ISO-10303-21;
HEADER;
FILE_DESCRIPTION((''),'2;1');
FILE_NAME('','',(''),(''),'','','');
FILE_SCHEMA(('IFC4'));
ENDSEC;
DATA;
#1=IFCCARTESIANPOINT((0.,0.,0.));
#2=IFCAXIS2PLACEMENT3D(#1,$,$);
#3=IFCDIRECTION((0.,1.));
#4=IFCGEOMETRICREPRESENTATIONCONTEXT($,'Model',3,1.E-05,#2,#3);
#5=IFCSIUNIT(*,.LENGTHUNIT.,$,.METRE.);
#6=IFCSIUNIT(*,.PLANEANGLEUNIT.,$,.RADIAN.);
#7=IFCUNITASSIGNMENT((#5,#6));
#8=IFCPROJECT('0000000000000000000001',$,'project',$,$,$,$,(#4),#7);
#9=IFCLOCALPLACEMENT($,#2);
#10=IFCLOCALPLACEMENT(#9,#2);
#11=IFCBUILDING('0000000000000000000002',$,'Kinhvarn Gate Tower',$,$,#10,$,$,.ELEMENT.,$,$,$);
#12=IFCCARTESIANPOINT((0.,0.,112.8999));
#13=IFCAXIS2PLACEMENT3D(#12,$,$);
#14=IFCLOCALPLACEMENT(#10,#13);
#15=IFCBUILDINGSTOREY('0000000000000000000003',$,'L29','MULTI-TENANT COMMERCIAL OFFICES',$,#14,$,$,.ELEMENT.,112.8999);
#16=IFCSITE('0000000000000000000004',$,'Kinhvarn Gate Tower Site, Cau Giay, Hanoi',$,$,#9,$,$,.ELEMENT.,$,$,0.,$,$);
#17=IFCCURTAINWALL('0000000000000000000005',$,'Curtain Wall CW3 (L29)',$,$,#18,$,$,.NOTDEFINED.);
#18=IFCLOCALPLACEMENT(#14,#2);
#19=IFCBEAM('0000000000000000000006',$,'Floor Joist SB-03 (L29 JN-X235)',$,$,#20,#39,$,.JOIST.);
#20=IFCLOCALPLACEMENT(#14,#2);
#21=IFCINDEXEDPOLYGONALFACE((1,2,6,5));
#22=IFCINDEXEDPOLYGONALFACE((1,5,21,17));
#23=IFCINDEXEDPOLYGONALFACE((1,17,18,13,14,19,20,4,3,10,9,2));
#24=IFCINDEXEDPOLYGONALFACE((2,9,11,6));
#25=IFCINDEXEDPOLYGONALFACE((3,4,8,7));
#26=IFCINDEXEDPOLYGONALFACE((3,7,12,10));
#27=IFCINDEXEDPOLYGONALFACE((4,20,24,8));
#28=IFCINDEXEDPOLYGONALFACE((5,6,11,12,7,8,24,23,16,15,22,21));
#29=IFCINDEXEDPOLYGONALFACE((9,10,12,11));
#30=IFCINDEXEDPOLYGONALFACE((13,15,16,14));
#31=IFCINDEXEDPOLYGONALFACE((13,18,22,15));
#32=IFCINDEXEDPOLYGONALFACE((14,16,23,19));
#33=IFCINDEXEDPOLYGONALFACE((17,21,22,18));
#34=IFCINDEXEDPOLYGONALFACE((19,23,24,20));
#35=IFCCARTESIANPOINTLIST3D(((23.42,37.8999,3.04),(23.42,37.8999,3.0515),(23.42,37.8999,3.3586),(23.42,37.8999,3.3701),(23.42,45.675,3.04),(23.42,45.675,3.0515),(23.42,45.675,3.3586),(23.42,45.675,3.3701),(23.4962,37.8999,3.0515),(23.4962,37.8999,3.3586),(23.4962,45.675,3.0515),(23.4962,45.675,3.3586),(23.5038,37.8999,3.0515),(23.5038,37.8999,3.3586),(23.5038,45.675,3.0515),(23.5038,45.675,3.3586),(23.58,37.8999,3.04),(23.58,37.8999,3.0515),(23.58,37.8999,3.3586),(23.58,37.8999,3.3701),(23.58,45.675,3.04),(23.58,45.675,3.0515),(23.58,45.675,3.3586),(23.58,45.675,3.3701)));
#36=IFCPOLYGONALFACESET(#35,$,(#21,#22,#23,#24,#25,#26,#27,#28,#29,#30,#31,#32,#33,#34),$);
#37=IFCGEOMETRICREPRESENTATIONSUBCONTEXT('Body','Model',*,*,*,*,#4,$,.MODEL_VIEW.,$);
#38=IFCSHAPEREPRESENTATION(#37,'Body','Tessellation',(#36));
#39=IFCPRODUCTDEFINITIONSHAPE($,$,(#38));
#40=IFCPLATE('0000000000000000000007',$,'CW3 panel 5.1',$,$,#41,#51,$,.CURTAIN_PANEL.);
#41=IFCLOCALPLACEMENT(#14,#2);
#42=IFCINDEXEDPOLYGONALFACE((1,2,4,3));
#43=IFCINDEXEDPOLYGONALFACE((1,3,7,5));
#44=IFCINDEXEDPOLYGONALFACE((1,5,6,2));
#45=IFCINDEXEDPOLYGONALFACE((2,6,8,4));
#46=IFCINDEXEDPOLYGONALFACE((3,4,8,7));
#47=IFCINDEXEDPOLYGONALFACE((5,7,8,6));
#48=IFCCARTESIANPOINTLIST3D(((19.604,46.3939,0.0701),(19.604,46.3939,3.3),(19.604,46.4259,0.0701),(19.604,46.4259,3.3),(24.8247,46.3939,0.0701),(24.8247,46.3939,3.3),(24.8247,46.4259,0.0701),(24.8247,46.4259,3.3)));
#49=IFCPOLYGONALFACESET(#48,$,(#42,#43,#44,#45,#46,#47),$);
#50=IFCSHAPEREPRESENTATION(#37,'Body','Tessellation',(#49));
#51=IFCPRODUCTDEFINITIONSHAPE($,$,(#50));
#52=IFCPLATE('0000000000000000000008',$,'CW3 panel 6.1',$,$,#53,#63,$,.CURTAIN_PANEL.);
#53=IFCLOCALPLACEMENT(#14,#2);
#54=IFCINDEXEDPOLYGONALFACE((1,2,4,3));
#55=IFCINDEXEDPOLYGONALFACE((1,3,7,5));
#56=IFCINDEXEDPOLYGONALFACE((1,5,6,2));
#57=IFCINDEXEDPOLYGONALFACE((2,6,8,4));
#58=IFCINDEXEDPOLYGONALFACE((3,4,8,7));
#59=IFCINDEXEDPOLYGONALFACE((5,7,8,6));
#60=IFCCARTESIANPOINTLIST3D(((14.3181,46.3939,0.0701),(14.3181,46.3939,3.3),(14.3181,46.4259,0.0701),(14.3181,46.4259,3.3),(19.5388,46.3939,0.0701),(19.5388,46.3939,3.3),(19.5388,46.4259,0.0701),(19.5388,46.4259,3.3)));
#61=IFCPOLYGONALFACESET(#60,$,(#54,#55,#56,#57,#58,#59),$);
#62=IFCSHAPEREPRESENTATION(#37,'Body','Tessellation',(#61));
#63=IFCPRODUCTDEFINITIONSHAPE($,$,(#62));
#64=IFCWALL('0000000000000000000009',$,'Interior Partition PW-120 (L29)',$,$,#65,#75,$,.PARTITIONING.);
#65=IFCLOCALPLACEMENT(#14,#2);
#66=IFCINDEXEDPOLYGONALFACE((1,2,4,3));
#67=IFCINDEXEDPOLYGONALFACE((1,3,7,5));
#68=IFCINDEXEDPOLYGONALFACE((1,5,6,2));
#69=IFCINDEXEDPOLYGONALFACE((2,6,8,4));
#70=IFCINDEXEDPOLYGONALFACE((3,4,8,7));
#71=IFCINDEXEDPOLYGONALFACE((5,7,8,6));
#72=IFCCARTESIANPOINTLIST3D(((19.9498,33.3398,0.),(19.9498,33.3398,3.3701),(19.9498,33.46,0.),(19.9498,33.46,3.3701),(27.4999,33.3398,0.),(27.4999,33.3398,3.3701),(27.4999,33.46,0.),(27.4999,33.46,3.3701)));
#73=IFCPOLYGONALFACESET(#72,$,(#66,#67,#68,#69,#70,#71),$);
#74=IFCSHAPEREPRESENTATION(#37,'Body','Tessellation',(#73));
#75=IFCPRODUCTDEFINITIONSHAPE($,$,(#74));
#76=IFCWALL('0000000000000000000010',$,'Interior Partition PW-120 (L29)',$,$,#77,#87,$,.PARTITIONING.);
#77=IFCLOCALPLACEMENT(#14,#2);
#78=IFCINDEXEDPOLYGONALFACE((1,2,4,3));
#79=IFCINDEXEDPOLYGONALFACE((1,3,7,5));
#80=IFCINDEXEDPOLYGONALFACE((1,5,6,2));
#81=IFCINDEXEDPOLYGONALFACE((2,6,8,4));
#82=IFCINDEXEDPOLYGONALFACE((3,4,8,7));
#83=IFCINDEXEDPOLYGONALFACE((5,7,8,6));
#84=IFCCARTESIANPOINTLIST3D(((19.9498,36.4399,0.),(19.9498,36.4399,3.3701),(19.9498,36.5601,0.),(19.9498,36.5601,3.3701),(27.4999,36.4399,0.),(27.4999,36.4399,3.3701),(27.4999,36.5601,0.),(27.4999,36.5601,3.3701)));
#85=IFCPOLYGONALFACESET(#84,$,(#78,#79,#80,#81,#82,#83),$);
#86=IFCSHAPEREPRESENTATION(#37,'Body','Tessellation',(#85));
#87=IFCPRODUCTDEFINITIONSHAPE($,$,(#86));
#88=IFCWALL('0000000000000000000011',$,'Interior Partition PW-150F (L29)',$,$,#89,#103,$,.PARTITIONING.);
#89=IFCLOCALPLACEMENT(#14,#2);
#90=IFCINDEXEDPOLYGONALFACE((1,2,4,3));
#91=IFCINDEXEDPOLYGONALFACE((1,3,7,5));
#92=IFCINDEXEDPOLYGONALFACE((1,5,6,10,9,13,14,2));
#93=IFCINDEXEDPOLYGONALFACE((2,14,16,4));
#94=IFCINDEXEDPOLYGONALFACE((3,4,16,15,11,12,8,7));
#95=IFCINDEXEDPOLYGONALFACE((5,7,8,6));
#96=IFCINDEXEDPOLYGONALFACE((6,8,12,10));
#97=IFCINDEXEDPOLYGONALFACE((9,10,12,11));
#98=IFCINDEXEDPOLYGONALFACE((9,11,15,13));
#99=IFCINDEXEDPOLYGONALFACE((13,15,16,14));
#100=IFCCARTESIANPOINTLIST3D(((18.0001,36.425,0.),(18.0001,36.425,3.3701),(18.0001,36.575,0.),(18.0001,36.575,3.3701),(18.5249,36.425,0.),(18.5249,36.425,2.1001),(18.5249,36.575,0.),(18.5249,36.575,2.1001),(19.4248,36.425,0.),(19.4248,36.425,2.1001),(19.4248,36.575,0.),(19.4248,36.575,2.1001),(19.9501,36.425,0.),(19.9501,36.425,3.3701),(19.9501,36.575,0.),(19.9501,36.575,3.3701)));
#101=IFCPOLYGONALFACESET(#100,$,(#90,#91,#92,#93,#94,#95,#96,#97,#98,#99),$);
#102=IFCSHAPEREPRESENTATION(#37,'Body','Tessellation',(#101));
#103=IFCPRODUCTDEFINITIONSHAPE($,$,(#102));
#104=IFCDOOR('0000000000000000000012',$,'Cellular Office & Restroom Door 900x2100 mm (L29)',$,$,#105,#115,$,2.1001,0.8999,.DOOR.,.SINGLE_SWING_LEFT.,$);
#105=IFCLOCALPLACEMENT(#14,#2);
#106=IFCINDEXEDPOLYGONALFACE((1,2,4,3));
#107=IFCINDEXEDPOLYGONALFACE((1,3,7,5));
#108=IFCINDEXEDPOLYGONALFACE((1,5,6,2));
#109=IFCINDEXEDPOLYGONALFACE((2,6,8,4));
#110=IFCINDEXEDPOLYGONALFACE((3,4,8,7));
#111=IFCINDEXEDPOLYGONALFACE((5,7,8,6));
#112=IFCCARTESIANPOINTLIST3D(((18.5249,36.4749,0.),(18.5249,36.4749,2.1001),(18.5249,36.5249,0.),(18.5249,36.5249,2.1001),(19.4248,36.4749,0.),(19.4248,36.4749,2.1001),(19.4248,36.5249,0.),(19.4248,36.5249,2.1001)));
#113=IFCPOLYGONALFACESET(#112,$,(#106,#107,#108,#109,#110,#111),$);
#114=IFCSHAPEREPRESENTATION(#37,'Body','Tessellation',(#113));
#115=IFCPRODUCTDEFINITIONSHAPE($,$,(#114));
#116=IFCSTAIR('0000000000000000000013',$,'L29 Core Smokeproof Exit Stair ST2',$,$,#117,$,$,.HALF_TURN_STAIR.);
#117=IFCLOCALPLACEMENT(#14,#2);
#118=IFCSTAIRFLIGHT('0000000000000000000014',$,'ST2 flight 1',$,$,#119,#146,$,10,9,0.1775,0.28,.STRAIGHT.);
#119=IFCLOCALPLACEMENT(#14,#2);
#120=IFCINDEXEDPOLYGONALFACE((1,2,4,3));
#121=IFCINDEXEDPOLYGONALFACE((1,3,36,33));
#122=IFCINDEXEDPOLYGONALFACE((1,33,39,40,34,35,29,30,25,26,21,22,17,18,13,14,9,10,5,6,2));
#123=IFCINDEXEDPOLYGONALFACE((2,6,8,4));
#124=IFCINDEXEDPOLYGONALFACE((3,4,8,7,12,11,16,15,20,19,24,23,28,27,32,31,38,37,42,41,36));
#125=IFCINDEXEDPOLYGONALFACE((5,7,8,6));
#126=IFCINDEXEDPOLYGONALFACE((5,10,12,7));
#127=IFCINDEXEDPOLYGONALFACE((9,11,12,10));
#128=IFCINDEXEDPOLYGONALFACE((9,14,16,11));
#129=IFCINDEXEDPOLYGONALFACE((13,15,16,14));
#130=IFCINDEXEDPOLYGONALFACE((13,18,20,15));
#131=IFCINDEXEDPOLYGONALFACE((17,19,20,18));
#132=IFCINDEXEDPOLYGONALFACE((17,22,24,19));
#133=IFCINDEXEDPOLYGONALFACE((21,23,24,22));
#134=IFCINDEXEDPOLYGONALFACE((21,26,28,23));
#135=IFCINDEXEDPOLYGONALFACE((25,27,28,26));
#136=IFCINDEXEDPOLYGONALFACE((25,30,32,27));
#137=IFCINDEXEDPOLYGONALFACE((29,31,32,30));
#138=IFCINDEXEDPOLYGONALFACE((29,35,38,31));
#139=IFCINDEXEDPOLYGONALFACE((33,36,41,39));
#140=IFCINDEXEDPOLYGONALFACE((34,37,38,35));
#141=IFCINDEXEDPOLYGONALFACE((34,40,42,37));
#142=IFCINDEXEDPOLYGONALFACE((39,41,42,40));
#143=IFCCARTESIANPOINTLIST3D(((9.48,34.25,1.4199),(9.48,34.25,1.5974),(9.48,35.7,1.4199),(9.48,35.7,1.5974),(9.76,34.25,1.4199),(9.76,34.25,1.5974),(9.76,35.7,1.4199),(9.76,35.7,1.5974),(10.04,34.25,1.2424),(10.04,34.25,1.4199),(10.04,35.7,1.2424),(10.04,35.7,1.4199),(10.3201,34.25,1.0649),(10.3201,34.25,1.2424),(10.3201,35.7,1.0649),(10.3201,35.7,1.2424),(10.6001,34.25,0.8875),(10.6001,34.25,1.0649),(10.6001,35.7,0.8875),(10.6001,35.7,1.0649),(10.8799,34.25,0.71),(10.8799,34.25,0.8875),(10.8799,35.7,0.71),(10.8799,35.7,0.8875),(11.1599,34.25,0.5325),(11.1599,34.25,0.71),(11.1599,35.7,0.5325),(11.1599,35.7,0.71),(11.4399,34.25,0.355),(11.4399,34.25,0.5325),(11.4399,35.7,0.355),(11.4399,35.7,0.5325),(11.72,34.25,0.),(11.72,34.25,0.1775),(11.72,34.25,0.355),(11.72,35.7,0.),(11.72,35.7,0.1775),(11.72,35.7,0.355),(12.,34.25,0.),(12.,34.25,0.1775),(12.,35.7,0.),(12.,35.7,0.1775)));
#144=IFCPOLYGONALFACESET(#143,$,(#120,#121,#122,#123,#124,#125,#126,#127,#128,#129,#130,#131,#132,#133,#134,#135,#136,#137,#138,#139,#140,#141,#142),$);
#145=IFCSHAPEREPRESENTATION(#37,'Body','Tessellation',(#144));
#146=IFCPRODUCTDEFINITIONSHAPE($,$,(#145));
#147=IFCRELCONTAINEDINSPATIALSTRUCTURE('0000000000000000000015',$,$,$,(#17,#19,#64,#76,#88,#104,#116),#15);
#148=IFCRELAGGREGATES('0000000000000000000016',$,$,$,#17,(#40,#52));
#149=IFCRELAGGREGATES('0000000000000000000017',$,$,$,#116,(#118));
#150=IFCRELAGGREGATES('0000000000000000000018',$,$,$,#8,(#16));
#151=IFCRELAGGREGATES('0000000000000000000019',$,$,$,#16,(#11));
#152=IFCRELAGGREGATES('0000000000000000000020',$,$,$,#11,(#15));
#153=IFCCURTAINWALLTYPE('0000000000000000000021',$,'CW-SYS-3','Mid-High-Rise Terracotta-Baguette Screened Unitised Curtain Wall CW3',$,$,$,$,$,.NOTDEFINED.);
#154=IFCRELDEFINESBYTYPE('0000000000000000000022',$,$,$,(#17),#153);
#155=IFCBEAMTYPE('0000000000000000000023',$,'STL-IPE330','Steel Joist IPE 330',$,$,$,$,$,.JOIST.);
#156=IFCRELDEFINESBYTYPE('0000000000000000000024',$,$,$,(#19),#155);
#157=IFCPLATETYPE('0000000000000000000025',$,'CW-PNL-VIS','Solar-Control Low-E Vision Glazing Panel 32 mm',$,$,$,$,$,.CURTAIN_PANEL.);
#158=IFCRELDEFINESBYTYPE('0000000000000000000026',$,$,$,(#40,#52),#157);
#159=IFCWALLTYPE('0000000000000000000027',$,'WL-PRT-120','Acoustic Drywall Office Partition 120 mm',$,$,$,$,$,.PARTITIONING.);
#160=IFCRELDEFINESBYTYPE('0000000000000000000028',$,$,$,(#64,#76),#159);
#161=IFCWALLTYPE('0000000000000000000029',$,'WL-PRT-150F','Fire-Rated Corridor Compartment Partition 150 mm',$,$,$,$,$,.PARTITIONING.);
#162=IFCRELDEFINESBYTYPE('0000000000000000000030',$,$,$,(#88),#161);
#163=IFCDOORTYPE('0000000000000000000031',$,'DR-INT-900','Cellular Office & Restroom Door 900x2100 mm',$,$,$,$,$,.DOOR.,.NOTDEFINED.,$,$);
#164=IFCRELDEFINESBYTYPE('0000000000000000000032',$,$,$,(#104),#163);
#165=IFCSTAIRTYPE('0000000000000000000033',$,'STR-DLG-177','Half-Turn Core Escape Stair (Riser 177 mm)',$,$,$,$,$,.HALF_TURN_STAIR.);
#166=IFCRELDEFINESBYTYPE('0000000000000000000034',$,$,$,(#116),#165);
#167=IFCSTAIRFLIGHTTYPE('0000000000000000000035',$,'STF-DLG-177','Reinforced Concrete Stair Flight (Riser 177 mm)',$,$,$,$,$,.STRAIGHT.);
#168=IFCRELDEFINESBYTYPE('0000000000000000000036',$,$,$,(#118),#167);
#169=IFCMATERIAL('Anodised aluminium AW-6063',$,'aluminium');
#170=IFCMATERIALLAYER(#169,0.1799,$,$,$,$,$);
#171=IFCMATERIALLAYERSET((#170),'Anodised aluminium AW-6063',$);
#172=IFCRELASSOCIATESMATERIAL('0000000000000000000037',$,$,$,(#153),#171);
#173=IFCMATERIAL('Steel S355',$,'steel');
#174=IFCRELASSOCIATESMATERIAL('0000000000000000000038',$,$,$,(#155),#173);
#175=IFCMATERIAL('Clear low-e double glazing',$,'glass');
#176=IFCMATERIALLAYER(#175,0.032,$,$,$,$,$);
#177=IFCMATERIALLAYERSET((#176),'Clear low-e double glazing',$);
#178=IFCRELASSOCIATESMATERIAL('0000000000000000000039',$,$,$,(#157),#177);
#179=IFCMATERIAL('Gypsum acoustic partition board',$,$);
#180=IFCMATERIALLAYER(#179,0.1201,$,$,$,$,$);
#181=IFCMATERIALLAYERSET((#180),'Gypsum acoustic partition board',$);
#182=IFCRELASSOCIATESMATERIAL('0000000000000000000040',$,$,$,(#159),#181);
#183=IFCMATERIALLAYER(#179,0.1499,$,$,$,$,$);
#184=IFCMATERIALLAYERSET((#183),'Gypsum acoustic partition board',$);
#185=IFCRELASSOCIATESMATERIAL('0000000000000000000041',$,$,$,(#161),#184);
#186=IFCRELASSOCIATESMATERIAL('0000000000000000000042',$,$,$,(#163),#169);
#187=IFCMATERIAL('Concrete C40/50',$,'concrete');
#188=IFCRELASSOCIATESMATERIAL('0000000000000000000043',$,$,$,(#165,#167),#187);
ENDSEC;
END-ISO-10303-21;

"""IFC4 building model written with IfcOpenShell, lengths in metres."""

from ifc_helpers import new_model, si_unit, direction, frame, frame_2d, origin, origin_2d, place, context, subcontext, project, spatial, polyline, rectangle, i_section, outline, extrude, material, layer, layer_set, material_profile, profile_set, type_object, element, fill, aggregate, save


model = new_model("IFC4")

# Units and contexts
model_context = context("Model", 3, precision=1e-05, world=origin(), true_north=direction((0.0, 1.0)))
body_context = subcontext(model_context, "Body", "Model", "MODEL_VIEW")
ifc_project = project(units=[si_unit("LENGTHUNIT", "METRE"), si_unit("PLANEANGLEUNIT", "RADIAN")], contexts=[model_context])

# Site, building, storey
site_placement = place(None, origin())
site = spatial("IfcSite", under=ifc_project, at=site_placement, Name="Kinhvarn Gate Tower Site, Cau Giay, Hanoi", CompositionType="ELEMENT", RefElevation=0.0)
building_placement = place(site_placement, origin())
building = spatial("IfcBuilding", under=site, at=building_placement, Name="Kinhvarn Gate Tower", CompositionType="ELEMENT")
storey_placement = place(building_placement, frame((0.0, 0.0, 112.8999)))
storey = spatial("IfcBuildingStorey", under=building, at=storey_placement, Name="L29", Description="MULTI-TENANT COMMERCIAL OFFICES", CompositionType="ELEMENT", Elevation=112.8999)

# Curtain wall
ifc_material_1 = material(Name="Anodised aluminium AW-6063", Category="aluminium")
ifc_layer_1 = layer(ifc_material_1, 0.1799)
ifc_layer_set_1 = layer_set([ifc_layer_1], Name="Anodised aluminium AW-6063")
curtain_wall_type = type_object("IfcCurtainWallType", Name="CW-SYS-3", Description="Mid-High-Rise Terracotta-Baguette Screened Unitised Curtain Wall CW3", PredefinedType="NOTDEFINED", material=ifc_layer_set_1)
curtain_wall_placement = place(storey_placement, origin())
curtain_wall = element("IfcCurtainWall", 1, at=curtain_wall_placement, inside=storey, type_object=curtain_wall_type, Name="Curtain Wall CW3 (L29)", PredefinedType="NOTDEFINED")

# Beam
ifc_material_2 = material(Name="Steel S355", Category="steel")
ifc_material_profile_1 = material_profile(ifc_material_2, i_section(OverallWidth=0.1599, OverallDepth=0.3301, WebThickness=0.0076, FlangeThickness=0.0115, at=origin_2d()), Name="IPE 330")
ifc_profile_set_1 = profile_set([ifc_material_profile_1], Name="Steel S355")
beam_type_1 = type_object("IfcBeamType", Name="STL-IPE330", Description="Steel Joist IPE 330", PredefinedType="JOIST", material=ifc_profile_set_1)
for number, where, z_axis, x_axis, name in (
    (2, (23.5, 37.8999, 3.2051), (0.0, 1.0, 0.0), (-1.0, 0.0, 0.0), "Floor Joist SB-03 (L29 JN-X235)"),
):
    element("IfcBeam", number, at=place(storey_placement, frame(where, z_axis=z_axis, x_axis=x_axis)), inside=storey, type_object=beam_type_1, Name=name, PredefinedType="JOIST", context=body_context, shape_type="SweptSolid", body=[
        extrude(i_section(OverallWidth=0.1599, OverallDepth=0.3301, WebThickness=0.0076, FlangeThickness=0.0115, at=origin_2d()), origin(), (0.0, 0.0, 1.0), 7.7751),
    ])

# Plates
ifc_material_3 = material(Name="Clear low-e double glazing", Category="glass")
ifc_layer_2 = layer(ifc_material_3, 0.032)
ifc_layer_set_2 = layer_set([ifc_layer_2], Name="Clear low-e double glazing")
plate_type = type_object("IfcPlateType", Name="CW-PNL-VIS", Description="Solar-Control Low-E Vision Glazing Panel 32 mm", PredefinedType="CURTAIN_PANEL", material=ifc_layer_set_2)
plate_1_placement = place(storey_placement, frame((22.2144, 46.4099, 0.0701), z_axis=(0.0, 0.0, 1.0), x_axis=(-1.0, 0.0, 0.0)))
plate_1 = element("IfcPlate", 3, at=plate_1_placement, type_object=plate_type, Name="CW3 panel 5.1", PredefinedType="CURTAIN_PANEL", context=body_context, shape_type="SweptSolid", body=[
    extrude(rectangle(XDim=5.2207, YDim=0.032, at=origin_2d()), origin(), (0.0, 0.0, 1.0), 3.23),
])
plate_2_placement = place(storey_placement, frame((16.9285, 46.4099, 0.0701), z_axis=(0.0, 0.0, 1.0), x_axis=(-1.0, 0.0, 0.0)))
plate_2 = element("IfcPlate", 4, at=plate_2_placement, type_object=plate_type, Name="CW3 panel 6.1", PredefinedType="CURTAIN_PANEL", context=body_context, shape_type="SweptSolid", body=[
    extrude(rectangle(XDim=5.2207, YDim=0.032, at=origin_2d()), origin(), (0.0, 0.0, 1.0), 3.23),
])
aggregate(curtain_wall, [plate_1, plate_2])

# Walls
ifc_material_4 = material(Name="Gypsum acoustic partition board")
ifc_layer_3 = layer(ifc_material_4, 0.1201)
ifc_layer_set_3 = layer_set([ifc_layer_3], Name="Gypsum acoustic partition board")
wall_type_1 = type_object("IfcWallType", Name="WL-PRT-120", Description="Acoustic Drywall Office Partition 120 mm", PredefinedType="PARTITIONING", material=ifc_layer_set_3)
for number, where, z_axis, x_axis, name in (
    (5, (19.95, 33.3999, 0.0), (0.0, 0.0, 1.0), (1.0, 0.0, 0.0), "Interior Partition PW-120 (L29)"),
    (6, (19.95, 36.5, 0.0), (0.0, 0.0, 1.0), (1.0, 0.0, 0.0), "Interior Partition PW-120 (L29)"),
):
    element("IfcWall", number, at=place(storey_placement, frame(where, z_axis=z_axis, x_axis=x_axis)), inside=storey, type_object=wall_type_1, Name=name, PredefinedType="PARTITIONING", context=body_context, shape_type="SweptSolid", body=[
        extrude(rectangle(XDim=7.55, YDim=0.1201, at=frame_2d((3.7749, 0.0))), origin(), (0.0, 0.0, 1.0), 3.3701),
    ])

# Wall, opening, door
ifc_layer_4 = layer(ifc_material_4, 0.1499)
ifc_layer_set_4 = layer_set([ifc_layer_4], Name="Gypsum acoustic partition board")
wall_type_2 = type_object("IfcWallType", Name="WL-PRT-150F", Description="Fire-Rated Corridor Compartment Partition 150 mm", PredefinedType="PARTITIONING", material=ifc_layer_set_4)
wall_1_placement = place(storey_placement, frame((18.0, 36.5, 0.0), z_axis=(0.0, 0.0, 1.0), x_axis=(1.0, 0.0, 0.0)))
wall_1 = element("IfcWall", 7, at=wall_1_placement, inside=storey, type_object=wall_type_2, Name="Interior Partition PW-150F (L29)", PredefinedType="PARTITIONING", context=body_context, shape_type="SweptSolid", body=[
    extrude(rectangle(XDim=1.95, YDim=0.1499, at=frame_2d((0.9751, 0.0))), origin(), (0.0, 0.0, 1.0), 3.3701),
])
opening_1_placement = place(wall_1_placement, frame((0.5249, 0.0, 0.0)))
opening_1 = element("IfcOpeningElement", 8, at=opening_1_placement, cuts=wall_1, PredefinedType="OPENING", context=body_context, shape_type="SweptSolid", body=[
    extrude(rectangle(XDim=0.8999, YDim=2.1001, at=frame_2d((0.45, 1.05))), frame((0.0, 0.085, 0.0), z_axis=(0.0, -1.0, 0.0), x_axis=(1.0, 0.0, 0.0)), (0.0, 0.0, 1.0), 0.1699),
])
door_type_1 = type_object("IfcDoorType", Name="DR-INT-900", Description="Cellular Office & Restroom Door 900x2100 mm", OperationType="NOTDEFINED", PredefinedType="DOOR", material=ifc_material_1)
door_1_placement = place(opening_1_placement, origin())
door_1 = element("IfcDoor", 9, at=door_1_placement, inside=storey, type_object=door_type_1, Name="Cellular Office & Restroom Door 900x2100 mm (L29)", OperationType="SINGLE_SWING_LEFT", OverallHeight=2.1001, OverallWidth=0.8999, PredefinedType="DOOR", context=body_context, shape_type="SweptSolid", body=[
    extrude(rectangle(XDim=0.8999, YDim=2.1001, at=frame_2d((0.45, 1.05))), frame((0.0, 0.0249, 0.0), z_axis=(0.0, -1.0, 0.0), x_axis=(1.0, 0.0, 0.0)), (0.0, 0.0, 1.0), 0.05),
])
fill(opening_1, door_1)
ifc_material_5 = material(Name="Concrete C40/50", Category="concrete")

# Stair, stair flight
stair_type = type_object("IfcStairType", Name="STR-DLG-177", Description="Half-Turn Core Escape Stair (Riser 177 mm)", PredefinedType="HALF_TURN_STAIR", material=ifc_material_5)
stair_placement = place(storey_placement, origin())
stair = element("IfcStair", 10, at=stair_placement, inside=storey, type_object=stair_type, Name="L29 Core Smokeproof Exit Stair ST2", PredefinedType="HALF_TURN_STAIR")
stair_flight_type = type_object("IfcStairFlightType", Name="STF-DLG-177", Description="Reinforced Concrete Stair Flight (Riser 177 mm)", PredefinedType="STRAIGHT", material=ifc_material_5)
stair_flight_placement = place(storey_placement, frame((12.0, 34.9751, 0.0), z_axis=(0.0, 0.0, 1.0), x_axis=(-1.0, 0.0, 0.0)))
stair_flight = element("IfcStairFlight", 11, at=stair_flight_placement, type_object=stair_flight_type, Name="ST2 flight 1", NumberOfRisers=10, NumberOfTreads=9, PredefinedType="STRAIGHT", RiserHeight=0.1775, TreadLength=0.28, context=body_context, shape_type="SweptSolid", body=[
    extrude(outline(polyline([(0.0, 0.0), (0.0, 0.1775), (0.28, 0.1775), (0.28, 0.355), (0.5601, 0.355), (0.5601, 0.5325), (0.8401, 0.5325), (0.8401, 0.71), (1.1201, 0.71), (1.1201, 0.8875), (1.3999, 0.8875), (1.3999, 1.0649), (1.6799, 1.0649), (1.6799, 1.2424), (1.96, 1.2424), (1.96, 1.4199), (2.24, 1.4199), (2.24, 1.5974), (2.52, 1.5974), (2.52, 1.7749), (2.52, 1.4199), (0.28, 0.0), (0.0, 0.0)])), frame((0.0, 0.7251, 0.0), z_axis=(0.0, -1.0, 0.0), x_axis=(1.0, 0.0, 0.0)), (0.0, 0.0, 1.0), 1.45),
])
aggregate(stair, [stair_flight])

save(model, "model.ifc")
